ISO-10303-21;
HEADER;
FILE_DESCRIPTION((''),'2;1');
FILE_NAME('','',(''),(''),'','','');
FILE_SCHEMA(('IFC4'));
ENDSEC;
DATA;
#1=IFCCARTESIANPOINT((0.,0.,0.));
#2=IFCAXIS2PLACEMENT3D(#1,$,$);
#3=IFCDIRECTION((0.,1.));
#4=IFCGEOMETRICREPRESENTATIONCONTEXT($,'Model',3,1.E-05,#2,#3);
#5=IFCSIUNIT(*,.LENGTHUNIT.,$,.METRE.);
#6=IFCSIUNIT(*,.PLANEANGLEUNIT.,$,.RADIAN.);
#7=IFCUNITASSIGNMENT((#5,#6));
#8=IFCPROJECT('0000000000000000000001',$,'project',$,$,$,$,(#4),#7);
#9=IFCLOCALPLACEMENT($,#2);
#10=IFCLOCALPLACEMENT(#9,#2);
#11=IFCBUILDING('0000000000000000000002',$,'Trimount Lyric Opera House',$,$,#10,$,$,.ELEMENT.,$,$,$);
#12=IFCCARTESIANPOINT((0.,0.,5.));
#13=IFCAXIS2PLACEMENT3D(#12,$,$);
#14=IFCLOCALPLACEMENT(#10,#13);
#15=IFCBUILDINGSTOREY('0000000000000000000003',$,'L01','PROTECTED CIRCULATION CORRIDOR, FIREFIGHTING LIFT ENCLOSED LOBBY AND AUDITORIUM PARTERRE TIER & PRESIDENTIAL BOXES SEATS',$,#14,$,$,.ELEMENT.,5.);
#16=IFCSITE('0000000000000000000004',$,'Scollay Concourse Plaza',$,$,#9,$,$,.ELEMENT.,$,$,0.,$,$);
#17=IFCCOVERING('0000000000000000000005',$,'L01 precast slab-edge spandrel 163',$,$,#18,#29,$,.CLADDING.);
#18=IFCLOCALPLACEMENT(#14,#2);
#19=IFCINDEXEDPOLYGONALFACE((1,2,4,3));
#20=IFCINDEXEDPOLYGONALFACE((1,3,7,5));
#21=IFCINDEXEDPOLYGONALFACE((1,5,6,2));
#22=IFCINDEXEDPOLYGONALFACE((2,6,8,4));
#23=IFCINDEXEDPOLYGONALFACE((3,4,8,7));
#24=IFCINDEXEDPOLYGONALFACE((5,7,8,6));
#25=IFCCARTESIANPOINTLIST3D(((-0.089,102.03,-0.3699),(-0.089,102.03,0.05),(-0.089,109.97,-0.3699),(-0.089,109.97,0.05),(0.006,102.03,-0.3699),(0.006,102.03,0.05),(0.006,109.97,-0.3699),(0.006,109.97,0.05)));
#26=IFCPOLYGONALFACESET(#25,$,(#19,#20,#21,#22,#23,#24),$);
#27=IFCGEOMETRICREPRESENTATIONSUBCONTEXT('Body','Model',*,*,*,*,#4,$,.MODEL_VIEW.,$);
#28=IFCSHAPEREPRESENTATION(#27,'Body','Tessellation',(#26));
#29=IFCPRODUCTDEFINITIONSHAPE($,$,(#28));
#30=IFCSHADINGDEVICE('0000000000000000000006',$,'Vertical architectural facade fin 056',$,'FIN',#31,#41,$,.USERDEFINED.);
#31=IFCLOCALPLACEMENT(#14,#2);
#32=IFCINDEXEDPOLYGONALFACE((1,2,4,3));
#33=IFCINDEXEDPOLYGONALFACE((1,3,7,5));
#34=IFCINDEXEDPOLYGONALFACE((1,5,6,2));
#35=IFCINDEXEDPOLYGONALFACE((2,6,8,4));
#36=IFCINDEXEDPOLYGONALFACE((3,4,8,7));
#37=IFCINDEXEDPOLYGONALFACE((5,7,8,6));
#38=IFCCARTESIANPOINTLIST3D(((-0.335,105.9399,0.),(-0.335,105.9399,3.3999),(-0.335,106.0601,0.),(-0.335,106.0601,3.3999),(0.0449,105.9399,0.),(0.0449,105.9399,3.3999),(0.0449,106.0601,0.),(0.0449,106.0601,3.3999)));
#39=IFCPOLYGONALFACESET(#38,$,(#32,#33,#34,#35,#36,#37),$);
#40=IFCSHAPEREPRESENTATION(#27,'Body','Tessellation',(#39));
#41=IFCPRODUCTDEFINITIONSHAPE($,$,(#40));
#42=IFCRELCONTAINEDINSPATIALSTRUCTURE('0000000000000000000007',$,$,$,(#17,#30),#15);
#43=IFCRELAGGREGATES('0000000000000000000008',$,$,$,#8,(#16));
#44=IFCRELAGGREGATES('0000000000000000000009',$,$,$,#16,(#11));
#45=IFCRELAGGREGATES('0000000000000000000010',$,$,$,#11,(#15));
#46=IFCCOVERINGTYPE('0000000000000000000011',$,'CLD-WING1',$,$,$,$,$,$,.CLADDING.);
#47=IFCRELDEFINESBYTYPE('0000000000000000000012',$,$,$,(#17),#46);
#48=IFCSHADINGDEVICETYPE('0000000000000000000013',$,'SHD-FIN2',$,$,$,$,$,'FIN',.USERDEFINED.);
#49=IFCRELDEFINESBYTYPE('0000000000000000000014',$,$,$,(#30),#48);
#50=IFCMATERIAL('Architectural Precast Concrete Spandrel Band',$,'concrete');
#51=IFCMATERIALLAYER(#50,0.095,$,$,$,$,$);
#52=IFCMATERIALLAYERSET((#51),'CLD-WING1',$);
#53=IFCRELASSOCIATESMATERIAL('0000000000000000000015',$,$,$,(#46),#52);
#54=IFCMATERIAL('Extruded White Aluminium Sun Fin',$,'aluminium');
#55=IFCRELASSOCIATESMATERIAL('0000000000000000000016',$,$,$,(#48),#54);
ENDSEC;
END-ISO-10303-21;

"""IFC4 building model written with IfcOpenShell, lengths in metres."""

from ifc_helpers import new_model, si_unit, direction, frame, origin, origin_2d, place, context, subcontext, project, spatial, rectangle, extrude, material, layer, layer_set, type_object, element, save


model = new_model("IFC4")

# Units and contexts
model_context = context("Model", 3, precision=1e-05, world=origin(), true_north=direction((0.0, 1.0)))
body_context = subcontext(model_context, "Body", "Model", "MODEL_VIEW")
ifc_project = project(units=[si_unit("LENGTHUNIT", "METRE"), si_unit("PLANEANGLEUNIT", "RADIAN")], contexts=[model_context])

# Site, building, storey
site_placement = place(None, origin())
site = spatial("IfcSite", under=ifc_project, at=site_placement, Name="Scollay Concourse Plaza", CompositionType="ELEMENT", RefElevation=0.0)
building_placement = place(site_placement, origin())
building = spatial("IfcBuilding", under=site, at=building_placement, Name="Trimount Lyric Opera House", CompositionType="ELEMENT")
storey_placement = place(building_placement, frame((0.0, 0.0, 5.0)))
storey = spatial("IfcBuildingStorey", under=building, at=storey_placement, Name="L01", Description="PROTECTED CIRCULATION CORRIDOR, FIREFIGHTING LIFT ENCLOSED LOBBY AND AUDITORIUM PARTERRE TIER & PRESIDENTIAL BOXES SEATS", CompositionType="ELEMENT", Elevation=5.0)

# Covering
ifc_material_1 = material(Name="Architectural Precast Concrete Spandrel Band", Category="concrete")
ifc_layer_1 = layer(ifc_material_1, 0.095)
ifc_layer_set_1 = layer_set([ifc_layer_1], Name="CLD-WING1")
covering_type = type_object("IfcCoveringType", Name="CLD-WING1", PredefinedType="CLADDING", material=ifc_layer_set_1)
covering_placement = place(storey_placement, frame((-0.0415, 106.0, -0.3699), z_axis=(0.0, 0.0, 1.0), x_axis=(0.0, 1.0, 0.0)))
element("IfcCovering", 1, at=covering_placement, inside=storey, type_object=covering_type, Name="L01 precast slab-edge spandrel 163", PredefinedType="CLADDING", context=body_context, shape_type="SweptSolid", body=[
    extrude(rectangle(XDim=7.9399, YDim=0.095, at=origin_2d()), origin(), (0.0, 0.0, 1.0), 0.4199),
])

# Shading device
ifc_material_2 = material(Name="Extruded White Aluminium Sun Fin", Category="aluminium")
shading_device_type = type_object("IfcShadingDeviceType", Name="SHD-FIN2", ElementType="FIN", PredefinedType="USERDEFINED", material=ifc_material_2)
shading_device_placement = place(storey_placement, frame((-0.145, 106.0, 0.0), z_axis=(0.0, 0.0, 1.0), x_axis=(1.0, 0.0, 0.0)))
element("IfcShadingDevice", 2, at=shading_device_placement, inside=storey, type_object=shading_device_type, Name="Vertical architectural facade fin 056", ObjectType="FIN", PredefinedType="USERDEFINED", context=body_context, shape_type="SweptSolid", body=[
    extrude(rectangle(XDim=0.3799, YDim=0.1201, at=origin_2d()), origin(), (0.0, 0.0, 1.0), 3.3999),
])

save(model, "model.ifc")
